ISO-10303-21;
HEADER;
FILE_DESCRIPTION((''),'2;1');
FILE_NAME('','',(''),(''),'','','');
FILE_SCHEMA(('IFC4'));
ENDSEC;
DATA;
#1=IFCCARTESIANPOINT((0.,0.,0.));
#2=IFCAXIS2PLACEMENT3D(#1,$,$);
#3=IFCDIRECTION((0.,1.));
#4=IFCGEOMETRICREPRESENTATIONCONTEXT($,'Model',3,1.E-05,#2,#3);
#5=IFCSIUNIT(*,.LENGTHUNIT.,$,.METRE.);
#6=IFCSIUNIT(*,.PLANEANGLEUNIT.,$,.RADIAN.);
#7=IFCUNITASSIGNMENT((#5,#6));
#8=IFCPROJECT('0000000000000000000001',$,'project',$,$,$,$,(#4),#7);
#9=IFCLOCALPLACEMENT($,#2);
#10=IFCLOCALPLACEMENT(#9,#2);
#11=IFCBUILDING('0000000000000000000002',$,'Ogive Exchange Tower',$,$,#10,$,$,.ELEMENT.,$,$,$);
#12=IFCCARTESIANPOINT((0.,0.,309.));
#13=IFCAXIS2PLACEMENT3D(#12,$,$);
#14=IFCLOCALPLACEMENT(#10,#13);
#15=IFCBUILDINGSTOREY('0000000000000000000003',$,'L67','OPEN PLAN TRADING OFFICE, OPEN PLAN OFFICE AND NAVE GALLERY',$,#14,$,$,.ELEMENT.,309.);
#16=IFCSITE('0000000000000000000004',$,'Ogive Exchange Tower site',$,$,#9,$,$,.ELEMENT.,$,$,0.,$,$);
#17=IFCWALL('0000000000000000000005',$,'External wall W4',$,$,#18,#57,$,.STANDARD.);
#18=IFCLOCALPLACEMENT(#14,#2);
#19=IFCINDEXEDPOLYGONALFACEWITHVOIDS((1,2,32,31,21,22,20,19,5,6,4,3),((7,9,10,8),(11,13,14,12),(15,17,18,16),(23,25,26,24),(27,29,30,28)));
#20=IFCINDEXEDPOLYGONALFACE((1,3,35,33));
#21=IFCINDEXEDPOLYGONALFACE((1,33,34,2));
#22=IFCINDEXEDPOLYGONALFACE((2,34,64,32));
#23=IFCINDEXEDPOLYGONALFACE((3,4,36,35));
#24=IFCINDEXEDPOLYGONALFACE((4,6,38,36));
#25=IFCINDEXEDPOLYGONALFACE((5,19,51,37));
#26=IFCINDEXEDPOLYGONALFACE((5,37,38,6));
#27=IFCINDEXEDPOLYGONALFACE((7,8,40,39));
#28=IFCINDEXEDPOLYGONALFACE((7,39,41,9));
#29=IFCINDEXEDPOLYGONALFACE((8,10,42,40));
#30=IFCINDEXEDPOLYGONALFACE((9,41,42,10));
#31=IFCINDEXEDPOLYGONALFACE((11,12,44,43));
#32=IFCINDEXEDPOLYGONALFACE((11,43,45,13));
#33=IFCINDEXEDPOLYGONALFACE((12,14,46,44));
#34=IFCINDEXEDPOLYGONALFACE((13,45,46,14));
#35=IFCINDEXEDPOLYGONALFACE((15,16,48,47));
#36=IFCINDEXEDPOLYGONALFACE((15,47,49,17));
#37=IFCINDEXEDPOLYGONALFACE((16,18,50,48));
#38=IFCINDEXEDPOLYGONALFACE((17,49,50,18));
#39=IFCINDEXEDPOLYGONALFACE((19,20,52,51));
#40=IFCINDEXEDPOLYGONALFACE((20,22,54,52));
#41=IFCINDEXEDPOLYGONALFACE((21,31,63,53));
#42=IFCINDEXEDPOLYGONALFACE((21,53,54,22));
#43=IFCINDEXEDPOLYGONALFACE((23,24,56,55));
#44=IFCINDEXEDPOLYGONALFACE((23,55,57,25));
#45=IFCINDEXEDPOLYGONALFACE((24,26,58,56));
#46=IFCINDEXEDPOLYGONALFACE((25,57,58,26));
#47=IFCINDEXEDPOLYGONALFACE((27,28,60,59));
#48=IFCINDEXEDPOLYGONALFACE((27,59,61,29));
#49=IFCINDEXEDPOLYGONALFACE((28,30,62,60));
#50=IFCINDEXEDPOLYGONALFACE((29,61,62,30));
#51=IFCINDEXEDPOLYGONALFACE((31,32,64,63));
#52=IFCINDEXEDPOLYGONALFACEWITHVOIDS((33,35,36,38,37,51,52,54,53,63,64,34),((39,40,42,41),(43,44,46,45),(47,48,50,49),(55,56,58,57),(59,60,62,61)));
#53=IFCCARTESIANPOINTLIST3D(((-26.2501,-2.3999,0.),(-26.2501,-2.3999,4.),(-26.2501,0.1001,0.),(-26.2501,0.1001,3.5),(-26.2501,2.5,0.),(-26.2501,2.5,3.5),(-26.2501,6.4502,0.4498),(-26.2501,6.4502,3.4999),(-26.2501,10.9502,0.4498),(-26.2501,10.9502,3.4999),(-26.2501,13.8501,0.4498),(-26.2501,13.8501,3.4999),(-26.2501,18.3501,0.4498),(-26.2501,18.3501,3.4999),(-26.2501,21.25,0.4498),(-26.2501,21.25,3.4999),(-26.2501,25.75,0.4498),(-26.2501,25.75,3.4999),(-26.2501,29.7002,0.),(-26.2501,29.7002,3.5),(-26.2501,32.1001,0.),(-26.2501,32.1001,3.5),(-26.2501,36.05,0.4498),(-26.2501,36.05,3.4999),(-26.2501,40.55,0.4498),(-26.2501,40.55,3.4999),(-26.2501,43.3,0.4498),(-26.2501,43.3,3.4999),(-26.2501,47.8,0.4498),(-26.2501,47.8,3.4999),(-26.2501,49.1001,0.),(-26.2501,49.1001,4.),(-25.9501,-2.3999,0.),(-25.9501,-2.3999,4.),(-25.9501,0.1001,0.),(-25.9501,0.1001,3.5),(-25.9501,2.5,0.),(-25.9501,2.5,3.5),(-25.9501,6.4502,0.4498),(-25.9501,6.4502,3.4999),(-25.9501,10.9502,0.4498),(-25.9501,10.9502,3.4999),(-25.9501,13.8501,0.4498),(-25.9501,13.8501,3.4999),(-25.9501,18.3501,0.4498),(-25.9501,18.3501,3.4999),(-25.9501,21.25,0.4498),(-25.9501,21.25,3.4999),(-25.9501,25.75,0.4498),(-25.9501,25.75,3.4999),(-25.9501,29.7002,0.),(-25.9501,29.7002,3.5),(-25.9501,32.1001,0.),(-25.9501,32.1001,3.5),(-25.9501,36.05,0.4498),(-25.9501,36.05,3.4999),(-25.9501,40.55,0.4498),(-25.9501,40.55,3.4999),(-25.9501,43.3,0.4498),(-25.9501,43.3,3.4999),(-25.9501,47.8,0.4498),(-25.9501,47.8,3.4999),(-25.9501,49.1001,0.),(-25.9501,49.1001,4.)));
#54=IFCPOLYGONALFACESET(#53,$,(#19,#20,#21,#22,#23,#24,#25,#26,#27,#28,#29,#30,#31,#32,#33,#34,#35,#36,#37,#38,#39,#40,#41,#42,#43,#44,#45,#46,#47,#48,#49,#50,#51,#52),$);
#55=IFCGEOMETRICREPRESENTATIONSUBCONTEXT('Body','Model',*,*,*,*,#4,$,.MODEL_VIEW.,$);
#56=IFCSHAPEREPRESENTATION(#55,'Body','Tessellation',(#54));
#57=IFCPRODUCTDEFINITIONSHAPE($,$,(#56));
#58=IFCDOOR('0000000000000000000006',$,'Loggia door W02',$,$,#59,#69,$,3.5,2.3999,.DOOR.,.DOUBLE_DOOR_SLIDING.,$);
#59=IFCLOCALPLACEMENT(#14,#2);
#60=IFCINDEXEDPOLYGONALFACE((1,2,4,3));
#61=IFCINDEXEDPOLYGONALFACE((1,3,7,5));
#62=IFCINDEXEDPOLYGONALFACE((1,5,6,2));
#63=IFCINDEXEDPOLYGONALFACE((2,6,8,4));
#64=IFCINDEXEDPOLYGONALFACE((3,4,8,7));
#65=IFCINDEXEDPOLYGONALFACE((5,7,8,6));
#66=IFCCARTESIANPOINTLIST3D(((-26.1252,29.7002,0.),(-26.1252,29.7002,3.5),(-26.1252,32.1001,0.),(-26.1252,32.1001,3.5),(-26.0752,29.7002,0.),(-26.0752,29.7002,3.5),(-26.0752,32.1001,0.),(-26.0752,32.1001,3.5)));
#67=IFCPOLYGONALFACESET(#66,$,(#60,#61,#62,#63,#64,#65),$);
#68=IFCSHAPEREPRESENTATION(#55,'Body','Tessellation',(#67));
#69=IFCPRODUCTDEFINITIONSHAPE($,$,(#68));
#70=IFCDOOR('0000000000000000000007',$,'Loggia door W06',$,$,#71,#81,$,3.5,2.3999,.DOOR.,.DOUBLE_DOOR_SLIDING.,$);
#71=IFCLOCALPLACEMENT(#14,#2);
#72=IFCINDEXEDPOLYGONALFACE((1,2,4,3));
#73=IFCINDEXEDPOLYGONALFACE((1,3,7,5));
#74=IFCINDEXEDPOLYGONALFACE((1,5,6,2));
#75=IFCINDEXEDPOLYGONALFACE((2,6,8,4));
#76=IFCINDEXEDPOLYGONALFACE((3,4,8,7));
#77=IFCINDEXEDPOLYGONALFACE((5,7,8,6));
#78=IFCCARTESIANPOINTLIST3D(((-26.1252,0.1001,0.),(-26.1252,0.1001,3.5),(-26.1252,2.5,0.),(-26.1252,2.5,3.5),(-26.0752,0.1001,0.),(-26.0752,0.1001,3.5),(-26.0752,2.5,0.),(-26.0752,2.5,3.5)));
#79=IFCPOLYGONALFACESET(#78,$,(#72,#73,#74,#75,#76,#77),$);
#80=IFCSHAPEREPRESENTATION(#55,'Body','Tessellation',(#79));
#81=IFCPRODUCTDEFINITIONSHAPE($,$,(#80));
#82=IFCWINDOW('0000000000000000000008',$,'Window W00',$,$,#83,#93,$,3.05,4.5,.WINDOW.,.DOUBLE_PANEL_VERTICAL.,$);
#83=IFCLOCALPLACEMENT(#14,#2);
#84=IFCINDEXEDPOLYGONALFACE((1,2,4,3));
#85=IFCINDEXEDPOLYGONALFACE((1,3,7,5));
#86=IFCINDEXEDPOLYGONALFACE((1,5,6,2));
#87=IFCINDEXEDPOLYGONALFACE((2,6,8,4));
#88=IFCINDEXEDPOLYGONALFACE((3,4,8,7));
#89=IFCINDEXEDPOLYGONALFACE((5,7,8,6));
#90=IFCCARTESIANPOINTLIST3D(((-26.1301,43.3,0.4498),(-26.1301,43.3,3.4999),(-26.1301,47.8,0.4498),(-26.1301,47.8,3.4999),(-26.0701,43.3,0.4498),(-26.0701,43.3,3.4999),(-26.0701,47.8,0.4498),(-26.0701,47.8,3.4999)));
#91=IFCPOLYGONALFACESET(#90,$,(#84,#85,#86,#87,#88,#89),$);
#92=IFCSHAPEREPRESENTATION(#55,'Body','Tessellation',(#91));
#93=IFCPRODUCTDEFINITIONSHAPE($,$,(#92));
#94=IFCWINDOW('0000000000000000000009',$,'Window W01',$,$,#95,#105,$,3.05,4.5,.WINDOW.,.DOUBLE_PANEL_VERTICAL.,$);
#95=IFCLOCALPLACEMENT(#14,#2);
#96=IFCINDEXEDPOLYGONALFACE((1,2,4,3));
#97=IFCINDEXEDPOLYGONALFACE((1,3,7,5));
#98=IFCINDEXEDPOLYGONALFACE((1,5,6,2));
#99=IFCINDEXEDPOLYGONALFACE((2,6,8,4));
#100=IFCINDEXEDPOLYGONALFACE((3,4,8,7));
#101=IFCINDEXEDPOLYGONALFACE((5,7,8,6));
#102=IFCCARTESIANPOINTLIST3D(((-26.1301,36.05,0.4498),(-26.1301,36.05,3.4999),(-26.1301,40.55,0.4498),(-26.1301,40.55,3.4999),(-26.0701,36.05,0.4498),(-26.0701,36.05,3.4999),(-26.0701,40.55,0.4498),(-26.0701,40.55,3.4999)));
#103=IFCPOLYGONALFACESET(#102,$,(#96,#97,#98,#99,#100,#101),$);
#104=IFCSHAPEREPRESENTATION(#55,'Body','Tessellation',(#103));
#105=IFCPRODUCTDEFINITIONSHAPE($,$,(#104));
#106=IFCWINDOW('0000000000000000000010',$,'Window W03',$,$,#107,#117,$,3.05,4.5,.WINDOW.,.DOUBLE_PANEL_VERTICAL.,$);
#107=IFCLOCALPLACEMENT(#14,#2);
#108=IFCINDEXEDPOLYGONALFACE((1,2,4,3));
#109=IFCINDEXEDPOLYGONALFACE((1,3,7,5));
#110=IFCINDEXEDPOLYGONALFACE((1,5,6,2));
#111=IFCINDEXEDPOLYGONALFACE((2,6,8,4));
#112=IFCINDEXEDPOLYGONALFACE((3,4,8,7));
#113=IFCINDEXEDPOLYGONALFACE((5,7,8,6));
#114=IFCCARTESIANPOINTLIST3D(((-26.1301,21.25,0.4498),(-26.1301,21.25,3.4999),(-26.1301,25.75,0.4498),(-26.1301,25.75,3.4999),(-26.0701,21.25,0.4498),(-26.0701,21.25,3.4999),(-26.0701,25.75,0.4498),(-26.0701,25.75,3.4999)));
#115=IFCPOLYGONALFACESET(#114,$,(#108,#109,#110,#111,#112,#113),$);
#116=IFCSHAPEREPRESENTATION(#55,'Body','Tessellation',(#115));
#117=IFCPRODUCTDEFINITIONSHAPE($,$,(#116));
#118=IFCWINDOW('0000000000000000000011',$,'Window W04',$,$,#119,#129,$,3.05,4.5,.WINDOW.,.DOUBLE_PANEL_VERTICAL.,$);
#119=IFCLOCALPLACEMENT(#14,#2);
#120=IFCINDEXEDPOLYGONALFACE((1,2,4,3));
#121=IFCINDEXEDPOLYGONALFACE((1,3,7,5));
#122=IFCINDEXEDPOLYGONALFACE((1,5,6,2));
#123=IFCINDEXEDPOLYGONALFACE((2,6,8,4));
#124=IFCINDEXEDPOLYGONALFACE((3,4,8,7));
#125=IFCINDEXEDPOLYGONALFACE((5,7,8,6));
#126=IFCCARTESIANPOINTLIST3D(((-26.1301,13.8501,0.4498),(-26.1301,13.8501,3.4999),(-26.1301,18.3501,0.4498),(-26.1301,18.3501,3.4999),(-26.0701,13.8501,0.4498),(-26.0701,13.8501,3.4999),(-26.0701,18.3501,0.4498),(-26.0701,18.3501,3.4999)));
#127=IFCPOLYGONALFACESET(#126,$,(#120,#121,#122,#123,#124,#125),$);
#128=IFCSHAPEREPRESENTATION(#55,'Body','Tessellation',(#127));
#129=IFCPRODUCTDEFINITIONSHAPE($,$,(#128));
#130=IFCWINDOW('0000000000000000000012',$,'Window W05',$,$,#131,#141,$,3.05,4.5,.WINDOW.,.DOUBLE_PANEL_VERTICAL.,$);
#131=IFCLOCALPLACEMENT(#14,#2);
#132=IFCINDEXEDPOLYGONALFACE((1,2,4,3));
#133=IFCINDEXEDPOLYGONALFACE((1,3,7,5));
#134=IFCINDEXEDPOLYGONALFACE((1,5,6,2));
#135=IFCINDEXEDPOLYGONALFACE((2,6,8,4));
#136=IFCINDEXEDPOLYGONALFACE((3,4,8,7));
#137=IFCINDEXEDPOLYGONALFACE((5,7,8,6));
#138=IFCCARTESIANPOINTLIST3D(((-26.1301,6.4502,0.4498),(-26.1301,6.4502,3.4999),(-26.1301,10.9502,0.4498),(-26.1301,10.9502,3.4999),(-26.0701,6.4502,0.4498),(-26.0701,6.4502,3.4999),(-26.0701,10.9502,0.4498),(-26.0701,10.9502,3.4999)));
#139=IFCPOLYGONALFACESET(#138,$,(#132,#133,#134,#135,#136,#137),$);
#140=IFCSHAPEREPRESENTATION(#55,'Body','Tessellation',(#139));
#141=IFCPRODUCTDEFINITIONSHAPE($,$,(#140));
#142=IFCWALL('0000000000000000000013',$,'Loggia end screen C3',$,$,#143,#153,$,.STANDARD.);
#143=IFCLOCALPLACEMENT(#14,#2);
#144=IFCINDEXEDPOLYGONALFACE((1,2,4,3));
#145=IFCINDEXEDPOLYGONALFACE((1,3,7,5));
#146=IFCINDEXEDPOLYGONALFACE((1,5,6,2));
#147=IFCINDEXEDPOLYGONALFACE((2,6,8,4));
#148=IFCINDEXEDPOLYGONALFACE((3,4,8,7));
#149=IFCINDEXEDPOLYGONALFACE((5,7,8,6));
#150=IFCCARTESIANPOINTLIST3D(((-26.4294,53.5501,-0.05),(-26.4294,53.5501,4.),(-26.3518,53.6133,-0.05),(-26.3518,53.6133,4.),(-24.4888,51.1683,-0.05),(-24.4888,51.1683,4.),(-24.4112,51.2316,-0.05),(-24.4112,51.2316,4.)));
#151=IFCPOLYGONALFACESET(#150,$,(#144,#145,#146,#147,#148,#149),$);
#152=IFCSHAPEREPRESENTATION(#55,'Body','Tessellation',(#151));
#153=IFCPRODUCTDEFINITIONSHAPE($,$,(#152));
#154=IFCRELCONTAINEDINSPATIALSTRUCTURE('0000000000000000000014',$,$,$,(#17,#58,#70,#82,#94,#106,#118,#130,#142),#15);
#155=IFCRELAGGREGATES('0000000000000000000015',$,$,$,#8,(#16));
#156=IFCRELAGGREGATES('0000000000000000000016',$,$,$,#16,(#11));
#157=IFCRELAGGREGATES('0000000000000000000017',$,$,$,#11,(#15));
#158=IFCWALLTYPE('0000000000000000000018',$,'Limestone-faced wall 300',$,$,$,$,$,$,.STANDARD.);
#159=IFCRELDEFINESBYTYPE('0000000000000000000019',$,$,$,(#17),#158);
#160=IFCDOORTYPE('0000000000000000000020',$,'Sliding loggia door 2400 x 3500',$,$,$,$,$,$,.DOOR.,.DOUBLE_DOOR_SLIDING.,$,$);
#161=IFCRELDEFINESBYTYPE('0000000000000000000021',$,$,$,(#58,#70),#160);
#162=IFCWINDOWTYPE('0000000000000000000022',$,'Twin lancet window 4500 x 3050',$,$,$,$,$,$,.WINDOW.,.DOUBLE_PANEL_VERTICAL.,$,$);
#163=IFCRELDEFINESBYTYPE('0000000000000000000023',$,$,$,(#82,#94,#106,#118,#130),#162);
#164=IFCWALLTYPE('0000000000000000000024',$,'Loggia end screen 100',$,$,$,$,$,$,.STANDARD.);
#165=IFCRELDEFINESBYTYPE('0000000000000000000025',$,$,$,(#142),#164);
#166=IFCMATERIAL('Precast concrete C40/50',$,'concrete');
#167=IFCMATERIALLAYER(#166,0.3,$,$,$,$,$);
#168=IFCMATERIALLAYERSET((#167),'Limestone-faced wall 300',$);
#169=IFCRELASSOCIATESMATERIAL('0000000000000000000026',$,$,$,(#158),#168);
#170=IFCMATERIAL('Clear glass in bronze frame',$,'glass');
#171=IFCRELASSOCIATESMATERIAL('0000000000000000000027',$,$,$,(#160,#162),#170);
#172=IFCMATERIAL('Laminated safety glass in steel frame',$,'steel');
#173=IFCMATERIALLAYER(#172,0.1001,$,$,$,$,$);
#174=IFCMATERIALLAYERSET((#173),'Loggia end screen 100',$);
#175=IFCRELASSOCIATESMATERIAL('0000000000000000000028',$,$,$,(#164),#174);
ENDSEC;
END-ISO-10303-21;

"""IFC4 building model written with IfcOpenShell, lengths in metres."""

from ifc_helpers import new_model, si_unit, direction, frame, frame_2d, origin, place, context, subcontext, project, spatial, rectangle, extrude, material, layer, layer_set, type_object, element, fill, save


model = new_model("IFC4")

# Units and contexts
model_context = context("Model", 3, precision=1e-05, world=origin(), true_north=direction((0.0, 1.0)))
body_context = subcontext(model_context, "Body", "Model", "MODEL_VIEW")
ifc_project = project(units=[si_unit("LENGTHUNIT", "METRE"), si_unit("PLANEANGLEUNIT", "RADIAN")], contexts=[model_context])

# Site, building, storey
site_placement = place(None, origin())
site = spatial("IfcSite", under=ifc_project, at=site_placement, Name="Ogive Exchange Tower site", CompositionType="ELEMENT", RefElevation=0.0)
building_placement = place(site_placement, origin())
building = spatial("IfcBuilding", under=site, at=building_placement, Name="Ogive Exchange Tower", CompositionType="ELEMENT")
storey_placement = place(building_placement, frame((0.0, 0.0, 309.0)))
storey = spatial("IfcBuildingStorey", under=building, at=storey_placement, Name="L67", Description="OPEN PLAN TRADING OFFICE, OPEN PLAN OFFICE AND NAVE GALLERY", CompositionType="ELEMENT", Elevation=309.0)

# Wall, openings, doors, windows
ifc_material_1 = material(Name="Precast concrete C40/50", Category="concrete")
ifc_layer_1 = layer(ifc_material_1, 0.3)
ifc_layer_set_1 = layer_set([ifc_layer_1], Name="Limestone-faced wall 300")
wall_type_1 = type_object("IfcWallType", Name="Limestone-faced wall 300", PredefinedType="STANDARD", material=ifc_layer_set_1)
wall_1_placement = place(storey_placement, frame((-26.1001, 49.1001, 0.0), z_axis=(0.0, 0.0, 1.0), x_axis=(0.0, -1.0, 0.0)))
wall_1 = element("IfcWall", 1, at=wall_1_placement, inside=storey, type_object=wall_type_1, Name="External wall W4", PredefinedType="STANDARD", context=body_context, shape_type="SweptSolid", body=[
    extrude(rectangle(XDim=51.5, YDim=0.3, at=frame_2d((25.75, 0.0))), origin(), (0.0, 0.0, 1.0), 4.0),
])
opening_1_placement = place(wall_1_placement, frame((1.3, 0.0, 0.45)))
opening_1 = element("IfcOpeningElement", 2, at=opening_1_placement, cuts=wall_1, PredefinedType="OPENING", context=body_context, shape_type="SweptSolid", body=[
    extrude(rectangle(XDim=4.5, YDim=3.05, at=frame_2d((2.25, 1.5249))), frame((0.0, 0.1599, 0.0), z_axis=(0.0, -1.0, 0.0), x_axis=(1.0, 0.0, 0.0)), (0.0, 0.0, 1.0), 0.3201),
])
opening_2_placement = place(wall_1_placement, frame((8.55, 0.0, 0.45)))
opening_2 = element("IfcOpeningElement", 3, at=opening_2_placement, cuts=wall_1, PredefinedType="OPENING", context=body_context, shape_type="SweptSolid", body=[
    extrude(rectangle(XDim=4.5, YDim=3.05, at=frame_2d((2.25, 1.5249))), frame((0.0, 0.1599, 0.0), z_axis=(0.0, -1.0, 0.0), x_axis=(1.0, 0.0, 0.0)), (0.0, 0.0, 1.0), 0.3201),
])
opening_3_placement = place(wall_1_placement, frame((17.0, 0.0, 0.0)))
opening_3 = element("IfcOpeningElement", 4, at=opening_3_placement, cuts=wall_1, PredefinedType="OPENING", context=body_context, shape_type="SweptSolid", body=[
    extrude(rectangle(XDim=2.3999, YDim=3.5, at=frame_2d((1.2, 1.75))), frame((0.0, 0.1599, 0.0), z_axis=(0.0, -1.0, 0.0), x_axis=(1.0, 0.0, 0.0)), (0.0, 0.0, 1.0), 0.3201),
])
opening_4_placement = place(wall_1_placement, frame((23.3501, 0.0, 0.45)))
opening_4 = element("IfcOpeningElement", 5, at=opening_4_placement, cuts=wall_1, PredefinedType="OPENING", context=body_context, shape_type="SweptSolid", body=[
    extrude(rectangle(XDim=4.5, YDim=3.05, at=frame_2d((2.25, 1.5249))), frame((0.0, 0.1599, 0.0), z_axis=(0.0, -1.0, 0.0), x_axis=(1.0, 0.0, 0.0)), (0.0, 0.0, 1.0), 0.3201),
])
opening_5_placement = place(wall_1_placement, frame((30.75, 0.0, 0.45)))
opening_5 = element("IfcOpeningElement", 6, at=opening_5_placement, cuts=wall_1, PredefinedType="OPENING", context=body_context, shape_type="SweptSolid", body=[
    extrude(rectangle(XDim=4.5, YDim=3.05, at=frame_2d((2.25, 1.5249))), frame((0.0, 0.1599, 0.0), z_axis=(0.0, -1.0, 0.0), x_axis=(1.0, 0.0, 0.0)), (0.0, 0.0, 1.0), 0.3201),
])
opening_6_placement = place(wall_1_placement, frame((38.1499, 0.0, 0.45)))
opening_6 = element("IfcOpeningElement", 7, at=opening_6_placement, cuts=wall_1, PredefinedType="OPENING", context=body_context, shape_type="SweptSolid", body=[
    extrude(rectangle(XDim=4.5, YDim=3.05, at=frame_2d((2.25, 1.5249))), frame((0.0, 0.1599, 0.0), z_axis=(0.0, -1.0, 0.0), x_axis=(1.0, 0.0, 0.0)), (0.0, 0.0, 1.0), 0.3201),
])
opening_7_placement = place(wall_1_placement, frame((46.6001, 0.0, 0.0)))
opening_7 = element("IfcOpeningElement", 8, at=opening_7_placement, cuts=wall_1, PredefinedType="OPENING", context=body_context, shape_type="SweptSolid", body=[
    extrude(rectangle(XDim=2.3999, YDim=3.5, at=frame_2d((1.2, 1.75))), frame((0.0, 0.1599, 0.0), z_axis=(0.0, -1.0, 0.0), x_axis=(1.0, 0.0, 0.0)), (0.0, 0.0, 1.0), 0.3201),
])
ifc_material_2 = material(Name="Clear glass in bronze frame", Category="glass")
door_type_1 = type_object("IfcDoorType", Name="Sliding loggia door 2400 x 3500", OperationType="DOUBLE_DOOR_SLIDING", PredefinedType="DOOR", material=ifc_material_2)
door_1_placement = place(opening_3_placement, origin())
door_1 = element("IfcDoor", 9, at=door_1_placement, inside=storey, type_object=door_type_1, Name="Loggia door W02", OperationType="DOUBLE_DOOR_SLIDING", OverallHeight=3.5, OverallWidth=2.3999, PredefinedType="DOOR", context=body_context, shape_type="SweptSolid", body=[
    extrude(rectangle(XDim=2.3999, YDim=3.5, at=frame_2d((1.2, 1.75))), frame((0.0, 0.0249, 0.0), z_axis=(0.0, -1.0, 0.0), x_axis=(1.0, 0.0, 0.0)), (0.0, 0.0, 1.0), 0.05),
])
fill(opening_3, door_1)
door_2_placement = place(opening_7_placement, origin())
door_2 = element("IfcDoor", 10, at=door_2_placement, inside=storey, type_object=door_type_1, Name="Loggia door W06", OperationType="DOUBLE_DOOR_SLIDING", OverallHeight=3.5, OverallWidth=2.3999, PredefinedType="DOOR", context=body_context, shape_type="SweptSolid", body=[
    extrude(rectangle(XDim=2.3999, YDim=3.5, at=frame_2d((1.2, 1.75))), frame((0.0, 0.0249, 0.0), z_axis=(0.0, -1.0, 0.0), x_axis=(1.0, 0.0, 0.0)), (0.0, 0.0, 1.0), 0.05),
])
fill(opening_7, door_2)
window_type = type_object("IfcWindowType", Name="Twin lancet window 4500 x 3050", PartitioningType="DOUBLE_PANEL_VERTICAL", PredefinedType="WINDOW", material=ifc_material_2)
window_1_placement = place(opening_1_placement, origin())
window_1 = element("IfcWindow", 11, at=window_1_placement, inside=storey, type_object=window_type, Name="Window W00", OverallHeight=3.05, OverallWidth=4.5, PartitioningType="DOUBLE_PANEL_VERTICAL", PredefinedType="WINDOW", context=body_context, shape_type="SweptSolid", body=[
    extrude(rectangle(XDim=4.5, YDim=3.05, at=frame_2d((2.25, 1.5249))), frame((0.0, 0.03, 0.0), z_axis=(0.0, -1.0, 0.0), x_axis=(1.0, 0.0, 0.0)), (0.0, 0.0, 1.0), 0.0601),
])
fill(opening_1, window_1)
window_2_placement = place(opening_2_placement, origin())
window_2 = element("IfcWindow", 12, at=window_2_placement, inside=storey, type_object=window_type, Name="Window W01", OverallHeight=3.05, OverallWidth=4.5, PartitioningType="DOUBLE_PANEL_VERTICAL", PredefinedType="WINDOW", context=body_context, shape_type="SweptSolid", body=[
    extrude(rectangle(XDim=4.5, YDim=3.05, at=frame_2d((2.25, 1.5249))), frame((0.0, 0.03, 0.0), z_axis=(0.0, -1.0, 0.0), x_axis=(1.0, 0.0, 0.0)), (0.0, 0.0, 1.0), 0.0601),
])
fill(opening_2, window_2)
window_3_placement = place(opening_4_placement, origin())
window_3 = element("IfcWindow", 13, at=window_3_placement, inside=storey, type_object=window_type, Name="Window W03", OverallHeight=3.05, OverallWidth=4.5, PartitioningType="DOUBLE_PANEL_VERTICAL", PredefinedType="WINDOW", context=body_context, shape_type="SweptSolid", body=[
    extrude(rectangle(XDim=4.5, YDim=3.05, at=frame_2d((2.25, 1.5249))), frame((0.0, 0.03, 0.0), z_axis=(0.0, -1.0, 0.0), x_axis=(1.0, 0.0, 0.0)), (0.0, 0.0, 1.0), 0.0601),
])
fill(opening_4, window_3)
window_4_placement = place(opening_5_placement, origin())
window_4 = element("IfcWindow", 14, at=window_4_placement, inside=storey, type_object=window_type, Name="Window W04", OverallHeight=3.05, OverallWidth=4.5, PartitioningType="DOUBLE_PANEL_VERTICAL", PredefinedType="WINDOW", context=body_context, shape_type="SweptSolid", body=[
    extrude(rectangle(XDim=4.5, YDim=3.05, at=frame_2d((2.25, 1.5249))), frame((0.0, 0.03, 0.0), z_axis=(0.0, -1.0, 0.0), x_axis=(1.0, 0.0, 0.0)), (0.0, 0.0, 1.0), 0.0601),
])
fill(opening_5, window_4)
window_5_placement = place(opening_6_placement, origin())
window_5 = element("IfcWindow", 15, at=window_5_placement, inside=storey, type_object=window_type, Name="Window W05", OverallHeight=3.05, OverallWidth=4.5, PartitioningType="DOUBLE_PANEL_VERTICAL", PredefinedType="WINDOW", context=body_context, shape_type="SweptSolid", body=[
    extrude(rectangle(XDim=4.5, YDim=3.05, at=frame_2d((2.25, 1.5249))), frame((0.0, 0.03, 0.0), z_axis=(0.0, -1.0, 0.0), x_axis=(1.0, 0.0, 0.0)), (0.0, 0.0, 1.0), 0.0601),
])
fill(opening_6, window_5)

# Wall
ifc_material_3 = material(Name="Laminated safety glass in steel frame", Category="steel")
ifc_layer_2 = layer(ifc_material_3, 0.1001)
ifc_layer_set_2 = layer_set([ifc_layer_2], Name="Loggia end screen 100")
wall_type_2 = type_object("IfcWallType", Name="Loggia end screen 100", PredefinedType="STANDARD", material=ifc_layer_set_2)
wall_2_placement = place(storey_placement, frame((-24.45, 51.2, -0.05), z_axis=(0.0, 0.0, 1.0), x_axis=(-0.631657, 0.775248, 0.0)))
element("IfcWall", 16, at=wall_2_placement, inside=storey, type_object=wall_type_2, Name="Loggia end screen C3", PredefinedType="STANDARD", context=body_context, shape_type="SweptSolid", body=[
    extrude(rectangle(XDim=3.0723, YDim=0.1001, at=frame_2d((1.5361, 0.0))), origin(), (0.0, 0.0, 1.0), 4.05),
])

save(model, "model.ifc")
